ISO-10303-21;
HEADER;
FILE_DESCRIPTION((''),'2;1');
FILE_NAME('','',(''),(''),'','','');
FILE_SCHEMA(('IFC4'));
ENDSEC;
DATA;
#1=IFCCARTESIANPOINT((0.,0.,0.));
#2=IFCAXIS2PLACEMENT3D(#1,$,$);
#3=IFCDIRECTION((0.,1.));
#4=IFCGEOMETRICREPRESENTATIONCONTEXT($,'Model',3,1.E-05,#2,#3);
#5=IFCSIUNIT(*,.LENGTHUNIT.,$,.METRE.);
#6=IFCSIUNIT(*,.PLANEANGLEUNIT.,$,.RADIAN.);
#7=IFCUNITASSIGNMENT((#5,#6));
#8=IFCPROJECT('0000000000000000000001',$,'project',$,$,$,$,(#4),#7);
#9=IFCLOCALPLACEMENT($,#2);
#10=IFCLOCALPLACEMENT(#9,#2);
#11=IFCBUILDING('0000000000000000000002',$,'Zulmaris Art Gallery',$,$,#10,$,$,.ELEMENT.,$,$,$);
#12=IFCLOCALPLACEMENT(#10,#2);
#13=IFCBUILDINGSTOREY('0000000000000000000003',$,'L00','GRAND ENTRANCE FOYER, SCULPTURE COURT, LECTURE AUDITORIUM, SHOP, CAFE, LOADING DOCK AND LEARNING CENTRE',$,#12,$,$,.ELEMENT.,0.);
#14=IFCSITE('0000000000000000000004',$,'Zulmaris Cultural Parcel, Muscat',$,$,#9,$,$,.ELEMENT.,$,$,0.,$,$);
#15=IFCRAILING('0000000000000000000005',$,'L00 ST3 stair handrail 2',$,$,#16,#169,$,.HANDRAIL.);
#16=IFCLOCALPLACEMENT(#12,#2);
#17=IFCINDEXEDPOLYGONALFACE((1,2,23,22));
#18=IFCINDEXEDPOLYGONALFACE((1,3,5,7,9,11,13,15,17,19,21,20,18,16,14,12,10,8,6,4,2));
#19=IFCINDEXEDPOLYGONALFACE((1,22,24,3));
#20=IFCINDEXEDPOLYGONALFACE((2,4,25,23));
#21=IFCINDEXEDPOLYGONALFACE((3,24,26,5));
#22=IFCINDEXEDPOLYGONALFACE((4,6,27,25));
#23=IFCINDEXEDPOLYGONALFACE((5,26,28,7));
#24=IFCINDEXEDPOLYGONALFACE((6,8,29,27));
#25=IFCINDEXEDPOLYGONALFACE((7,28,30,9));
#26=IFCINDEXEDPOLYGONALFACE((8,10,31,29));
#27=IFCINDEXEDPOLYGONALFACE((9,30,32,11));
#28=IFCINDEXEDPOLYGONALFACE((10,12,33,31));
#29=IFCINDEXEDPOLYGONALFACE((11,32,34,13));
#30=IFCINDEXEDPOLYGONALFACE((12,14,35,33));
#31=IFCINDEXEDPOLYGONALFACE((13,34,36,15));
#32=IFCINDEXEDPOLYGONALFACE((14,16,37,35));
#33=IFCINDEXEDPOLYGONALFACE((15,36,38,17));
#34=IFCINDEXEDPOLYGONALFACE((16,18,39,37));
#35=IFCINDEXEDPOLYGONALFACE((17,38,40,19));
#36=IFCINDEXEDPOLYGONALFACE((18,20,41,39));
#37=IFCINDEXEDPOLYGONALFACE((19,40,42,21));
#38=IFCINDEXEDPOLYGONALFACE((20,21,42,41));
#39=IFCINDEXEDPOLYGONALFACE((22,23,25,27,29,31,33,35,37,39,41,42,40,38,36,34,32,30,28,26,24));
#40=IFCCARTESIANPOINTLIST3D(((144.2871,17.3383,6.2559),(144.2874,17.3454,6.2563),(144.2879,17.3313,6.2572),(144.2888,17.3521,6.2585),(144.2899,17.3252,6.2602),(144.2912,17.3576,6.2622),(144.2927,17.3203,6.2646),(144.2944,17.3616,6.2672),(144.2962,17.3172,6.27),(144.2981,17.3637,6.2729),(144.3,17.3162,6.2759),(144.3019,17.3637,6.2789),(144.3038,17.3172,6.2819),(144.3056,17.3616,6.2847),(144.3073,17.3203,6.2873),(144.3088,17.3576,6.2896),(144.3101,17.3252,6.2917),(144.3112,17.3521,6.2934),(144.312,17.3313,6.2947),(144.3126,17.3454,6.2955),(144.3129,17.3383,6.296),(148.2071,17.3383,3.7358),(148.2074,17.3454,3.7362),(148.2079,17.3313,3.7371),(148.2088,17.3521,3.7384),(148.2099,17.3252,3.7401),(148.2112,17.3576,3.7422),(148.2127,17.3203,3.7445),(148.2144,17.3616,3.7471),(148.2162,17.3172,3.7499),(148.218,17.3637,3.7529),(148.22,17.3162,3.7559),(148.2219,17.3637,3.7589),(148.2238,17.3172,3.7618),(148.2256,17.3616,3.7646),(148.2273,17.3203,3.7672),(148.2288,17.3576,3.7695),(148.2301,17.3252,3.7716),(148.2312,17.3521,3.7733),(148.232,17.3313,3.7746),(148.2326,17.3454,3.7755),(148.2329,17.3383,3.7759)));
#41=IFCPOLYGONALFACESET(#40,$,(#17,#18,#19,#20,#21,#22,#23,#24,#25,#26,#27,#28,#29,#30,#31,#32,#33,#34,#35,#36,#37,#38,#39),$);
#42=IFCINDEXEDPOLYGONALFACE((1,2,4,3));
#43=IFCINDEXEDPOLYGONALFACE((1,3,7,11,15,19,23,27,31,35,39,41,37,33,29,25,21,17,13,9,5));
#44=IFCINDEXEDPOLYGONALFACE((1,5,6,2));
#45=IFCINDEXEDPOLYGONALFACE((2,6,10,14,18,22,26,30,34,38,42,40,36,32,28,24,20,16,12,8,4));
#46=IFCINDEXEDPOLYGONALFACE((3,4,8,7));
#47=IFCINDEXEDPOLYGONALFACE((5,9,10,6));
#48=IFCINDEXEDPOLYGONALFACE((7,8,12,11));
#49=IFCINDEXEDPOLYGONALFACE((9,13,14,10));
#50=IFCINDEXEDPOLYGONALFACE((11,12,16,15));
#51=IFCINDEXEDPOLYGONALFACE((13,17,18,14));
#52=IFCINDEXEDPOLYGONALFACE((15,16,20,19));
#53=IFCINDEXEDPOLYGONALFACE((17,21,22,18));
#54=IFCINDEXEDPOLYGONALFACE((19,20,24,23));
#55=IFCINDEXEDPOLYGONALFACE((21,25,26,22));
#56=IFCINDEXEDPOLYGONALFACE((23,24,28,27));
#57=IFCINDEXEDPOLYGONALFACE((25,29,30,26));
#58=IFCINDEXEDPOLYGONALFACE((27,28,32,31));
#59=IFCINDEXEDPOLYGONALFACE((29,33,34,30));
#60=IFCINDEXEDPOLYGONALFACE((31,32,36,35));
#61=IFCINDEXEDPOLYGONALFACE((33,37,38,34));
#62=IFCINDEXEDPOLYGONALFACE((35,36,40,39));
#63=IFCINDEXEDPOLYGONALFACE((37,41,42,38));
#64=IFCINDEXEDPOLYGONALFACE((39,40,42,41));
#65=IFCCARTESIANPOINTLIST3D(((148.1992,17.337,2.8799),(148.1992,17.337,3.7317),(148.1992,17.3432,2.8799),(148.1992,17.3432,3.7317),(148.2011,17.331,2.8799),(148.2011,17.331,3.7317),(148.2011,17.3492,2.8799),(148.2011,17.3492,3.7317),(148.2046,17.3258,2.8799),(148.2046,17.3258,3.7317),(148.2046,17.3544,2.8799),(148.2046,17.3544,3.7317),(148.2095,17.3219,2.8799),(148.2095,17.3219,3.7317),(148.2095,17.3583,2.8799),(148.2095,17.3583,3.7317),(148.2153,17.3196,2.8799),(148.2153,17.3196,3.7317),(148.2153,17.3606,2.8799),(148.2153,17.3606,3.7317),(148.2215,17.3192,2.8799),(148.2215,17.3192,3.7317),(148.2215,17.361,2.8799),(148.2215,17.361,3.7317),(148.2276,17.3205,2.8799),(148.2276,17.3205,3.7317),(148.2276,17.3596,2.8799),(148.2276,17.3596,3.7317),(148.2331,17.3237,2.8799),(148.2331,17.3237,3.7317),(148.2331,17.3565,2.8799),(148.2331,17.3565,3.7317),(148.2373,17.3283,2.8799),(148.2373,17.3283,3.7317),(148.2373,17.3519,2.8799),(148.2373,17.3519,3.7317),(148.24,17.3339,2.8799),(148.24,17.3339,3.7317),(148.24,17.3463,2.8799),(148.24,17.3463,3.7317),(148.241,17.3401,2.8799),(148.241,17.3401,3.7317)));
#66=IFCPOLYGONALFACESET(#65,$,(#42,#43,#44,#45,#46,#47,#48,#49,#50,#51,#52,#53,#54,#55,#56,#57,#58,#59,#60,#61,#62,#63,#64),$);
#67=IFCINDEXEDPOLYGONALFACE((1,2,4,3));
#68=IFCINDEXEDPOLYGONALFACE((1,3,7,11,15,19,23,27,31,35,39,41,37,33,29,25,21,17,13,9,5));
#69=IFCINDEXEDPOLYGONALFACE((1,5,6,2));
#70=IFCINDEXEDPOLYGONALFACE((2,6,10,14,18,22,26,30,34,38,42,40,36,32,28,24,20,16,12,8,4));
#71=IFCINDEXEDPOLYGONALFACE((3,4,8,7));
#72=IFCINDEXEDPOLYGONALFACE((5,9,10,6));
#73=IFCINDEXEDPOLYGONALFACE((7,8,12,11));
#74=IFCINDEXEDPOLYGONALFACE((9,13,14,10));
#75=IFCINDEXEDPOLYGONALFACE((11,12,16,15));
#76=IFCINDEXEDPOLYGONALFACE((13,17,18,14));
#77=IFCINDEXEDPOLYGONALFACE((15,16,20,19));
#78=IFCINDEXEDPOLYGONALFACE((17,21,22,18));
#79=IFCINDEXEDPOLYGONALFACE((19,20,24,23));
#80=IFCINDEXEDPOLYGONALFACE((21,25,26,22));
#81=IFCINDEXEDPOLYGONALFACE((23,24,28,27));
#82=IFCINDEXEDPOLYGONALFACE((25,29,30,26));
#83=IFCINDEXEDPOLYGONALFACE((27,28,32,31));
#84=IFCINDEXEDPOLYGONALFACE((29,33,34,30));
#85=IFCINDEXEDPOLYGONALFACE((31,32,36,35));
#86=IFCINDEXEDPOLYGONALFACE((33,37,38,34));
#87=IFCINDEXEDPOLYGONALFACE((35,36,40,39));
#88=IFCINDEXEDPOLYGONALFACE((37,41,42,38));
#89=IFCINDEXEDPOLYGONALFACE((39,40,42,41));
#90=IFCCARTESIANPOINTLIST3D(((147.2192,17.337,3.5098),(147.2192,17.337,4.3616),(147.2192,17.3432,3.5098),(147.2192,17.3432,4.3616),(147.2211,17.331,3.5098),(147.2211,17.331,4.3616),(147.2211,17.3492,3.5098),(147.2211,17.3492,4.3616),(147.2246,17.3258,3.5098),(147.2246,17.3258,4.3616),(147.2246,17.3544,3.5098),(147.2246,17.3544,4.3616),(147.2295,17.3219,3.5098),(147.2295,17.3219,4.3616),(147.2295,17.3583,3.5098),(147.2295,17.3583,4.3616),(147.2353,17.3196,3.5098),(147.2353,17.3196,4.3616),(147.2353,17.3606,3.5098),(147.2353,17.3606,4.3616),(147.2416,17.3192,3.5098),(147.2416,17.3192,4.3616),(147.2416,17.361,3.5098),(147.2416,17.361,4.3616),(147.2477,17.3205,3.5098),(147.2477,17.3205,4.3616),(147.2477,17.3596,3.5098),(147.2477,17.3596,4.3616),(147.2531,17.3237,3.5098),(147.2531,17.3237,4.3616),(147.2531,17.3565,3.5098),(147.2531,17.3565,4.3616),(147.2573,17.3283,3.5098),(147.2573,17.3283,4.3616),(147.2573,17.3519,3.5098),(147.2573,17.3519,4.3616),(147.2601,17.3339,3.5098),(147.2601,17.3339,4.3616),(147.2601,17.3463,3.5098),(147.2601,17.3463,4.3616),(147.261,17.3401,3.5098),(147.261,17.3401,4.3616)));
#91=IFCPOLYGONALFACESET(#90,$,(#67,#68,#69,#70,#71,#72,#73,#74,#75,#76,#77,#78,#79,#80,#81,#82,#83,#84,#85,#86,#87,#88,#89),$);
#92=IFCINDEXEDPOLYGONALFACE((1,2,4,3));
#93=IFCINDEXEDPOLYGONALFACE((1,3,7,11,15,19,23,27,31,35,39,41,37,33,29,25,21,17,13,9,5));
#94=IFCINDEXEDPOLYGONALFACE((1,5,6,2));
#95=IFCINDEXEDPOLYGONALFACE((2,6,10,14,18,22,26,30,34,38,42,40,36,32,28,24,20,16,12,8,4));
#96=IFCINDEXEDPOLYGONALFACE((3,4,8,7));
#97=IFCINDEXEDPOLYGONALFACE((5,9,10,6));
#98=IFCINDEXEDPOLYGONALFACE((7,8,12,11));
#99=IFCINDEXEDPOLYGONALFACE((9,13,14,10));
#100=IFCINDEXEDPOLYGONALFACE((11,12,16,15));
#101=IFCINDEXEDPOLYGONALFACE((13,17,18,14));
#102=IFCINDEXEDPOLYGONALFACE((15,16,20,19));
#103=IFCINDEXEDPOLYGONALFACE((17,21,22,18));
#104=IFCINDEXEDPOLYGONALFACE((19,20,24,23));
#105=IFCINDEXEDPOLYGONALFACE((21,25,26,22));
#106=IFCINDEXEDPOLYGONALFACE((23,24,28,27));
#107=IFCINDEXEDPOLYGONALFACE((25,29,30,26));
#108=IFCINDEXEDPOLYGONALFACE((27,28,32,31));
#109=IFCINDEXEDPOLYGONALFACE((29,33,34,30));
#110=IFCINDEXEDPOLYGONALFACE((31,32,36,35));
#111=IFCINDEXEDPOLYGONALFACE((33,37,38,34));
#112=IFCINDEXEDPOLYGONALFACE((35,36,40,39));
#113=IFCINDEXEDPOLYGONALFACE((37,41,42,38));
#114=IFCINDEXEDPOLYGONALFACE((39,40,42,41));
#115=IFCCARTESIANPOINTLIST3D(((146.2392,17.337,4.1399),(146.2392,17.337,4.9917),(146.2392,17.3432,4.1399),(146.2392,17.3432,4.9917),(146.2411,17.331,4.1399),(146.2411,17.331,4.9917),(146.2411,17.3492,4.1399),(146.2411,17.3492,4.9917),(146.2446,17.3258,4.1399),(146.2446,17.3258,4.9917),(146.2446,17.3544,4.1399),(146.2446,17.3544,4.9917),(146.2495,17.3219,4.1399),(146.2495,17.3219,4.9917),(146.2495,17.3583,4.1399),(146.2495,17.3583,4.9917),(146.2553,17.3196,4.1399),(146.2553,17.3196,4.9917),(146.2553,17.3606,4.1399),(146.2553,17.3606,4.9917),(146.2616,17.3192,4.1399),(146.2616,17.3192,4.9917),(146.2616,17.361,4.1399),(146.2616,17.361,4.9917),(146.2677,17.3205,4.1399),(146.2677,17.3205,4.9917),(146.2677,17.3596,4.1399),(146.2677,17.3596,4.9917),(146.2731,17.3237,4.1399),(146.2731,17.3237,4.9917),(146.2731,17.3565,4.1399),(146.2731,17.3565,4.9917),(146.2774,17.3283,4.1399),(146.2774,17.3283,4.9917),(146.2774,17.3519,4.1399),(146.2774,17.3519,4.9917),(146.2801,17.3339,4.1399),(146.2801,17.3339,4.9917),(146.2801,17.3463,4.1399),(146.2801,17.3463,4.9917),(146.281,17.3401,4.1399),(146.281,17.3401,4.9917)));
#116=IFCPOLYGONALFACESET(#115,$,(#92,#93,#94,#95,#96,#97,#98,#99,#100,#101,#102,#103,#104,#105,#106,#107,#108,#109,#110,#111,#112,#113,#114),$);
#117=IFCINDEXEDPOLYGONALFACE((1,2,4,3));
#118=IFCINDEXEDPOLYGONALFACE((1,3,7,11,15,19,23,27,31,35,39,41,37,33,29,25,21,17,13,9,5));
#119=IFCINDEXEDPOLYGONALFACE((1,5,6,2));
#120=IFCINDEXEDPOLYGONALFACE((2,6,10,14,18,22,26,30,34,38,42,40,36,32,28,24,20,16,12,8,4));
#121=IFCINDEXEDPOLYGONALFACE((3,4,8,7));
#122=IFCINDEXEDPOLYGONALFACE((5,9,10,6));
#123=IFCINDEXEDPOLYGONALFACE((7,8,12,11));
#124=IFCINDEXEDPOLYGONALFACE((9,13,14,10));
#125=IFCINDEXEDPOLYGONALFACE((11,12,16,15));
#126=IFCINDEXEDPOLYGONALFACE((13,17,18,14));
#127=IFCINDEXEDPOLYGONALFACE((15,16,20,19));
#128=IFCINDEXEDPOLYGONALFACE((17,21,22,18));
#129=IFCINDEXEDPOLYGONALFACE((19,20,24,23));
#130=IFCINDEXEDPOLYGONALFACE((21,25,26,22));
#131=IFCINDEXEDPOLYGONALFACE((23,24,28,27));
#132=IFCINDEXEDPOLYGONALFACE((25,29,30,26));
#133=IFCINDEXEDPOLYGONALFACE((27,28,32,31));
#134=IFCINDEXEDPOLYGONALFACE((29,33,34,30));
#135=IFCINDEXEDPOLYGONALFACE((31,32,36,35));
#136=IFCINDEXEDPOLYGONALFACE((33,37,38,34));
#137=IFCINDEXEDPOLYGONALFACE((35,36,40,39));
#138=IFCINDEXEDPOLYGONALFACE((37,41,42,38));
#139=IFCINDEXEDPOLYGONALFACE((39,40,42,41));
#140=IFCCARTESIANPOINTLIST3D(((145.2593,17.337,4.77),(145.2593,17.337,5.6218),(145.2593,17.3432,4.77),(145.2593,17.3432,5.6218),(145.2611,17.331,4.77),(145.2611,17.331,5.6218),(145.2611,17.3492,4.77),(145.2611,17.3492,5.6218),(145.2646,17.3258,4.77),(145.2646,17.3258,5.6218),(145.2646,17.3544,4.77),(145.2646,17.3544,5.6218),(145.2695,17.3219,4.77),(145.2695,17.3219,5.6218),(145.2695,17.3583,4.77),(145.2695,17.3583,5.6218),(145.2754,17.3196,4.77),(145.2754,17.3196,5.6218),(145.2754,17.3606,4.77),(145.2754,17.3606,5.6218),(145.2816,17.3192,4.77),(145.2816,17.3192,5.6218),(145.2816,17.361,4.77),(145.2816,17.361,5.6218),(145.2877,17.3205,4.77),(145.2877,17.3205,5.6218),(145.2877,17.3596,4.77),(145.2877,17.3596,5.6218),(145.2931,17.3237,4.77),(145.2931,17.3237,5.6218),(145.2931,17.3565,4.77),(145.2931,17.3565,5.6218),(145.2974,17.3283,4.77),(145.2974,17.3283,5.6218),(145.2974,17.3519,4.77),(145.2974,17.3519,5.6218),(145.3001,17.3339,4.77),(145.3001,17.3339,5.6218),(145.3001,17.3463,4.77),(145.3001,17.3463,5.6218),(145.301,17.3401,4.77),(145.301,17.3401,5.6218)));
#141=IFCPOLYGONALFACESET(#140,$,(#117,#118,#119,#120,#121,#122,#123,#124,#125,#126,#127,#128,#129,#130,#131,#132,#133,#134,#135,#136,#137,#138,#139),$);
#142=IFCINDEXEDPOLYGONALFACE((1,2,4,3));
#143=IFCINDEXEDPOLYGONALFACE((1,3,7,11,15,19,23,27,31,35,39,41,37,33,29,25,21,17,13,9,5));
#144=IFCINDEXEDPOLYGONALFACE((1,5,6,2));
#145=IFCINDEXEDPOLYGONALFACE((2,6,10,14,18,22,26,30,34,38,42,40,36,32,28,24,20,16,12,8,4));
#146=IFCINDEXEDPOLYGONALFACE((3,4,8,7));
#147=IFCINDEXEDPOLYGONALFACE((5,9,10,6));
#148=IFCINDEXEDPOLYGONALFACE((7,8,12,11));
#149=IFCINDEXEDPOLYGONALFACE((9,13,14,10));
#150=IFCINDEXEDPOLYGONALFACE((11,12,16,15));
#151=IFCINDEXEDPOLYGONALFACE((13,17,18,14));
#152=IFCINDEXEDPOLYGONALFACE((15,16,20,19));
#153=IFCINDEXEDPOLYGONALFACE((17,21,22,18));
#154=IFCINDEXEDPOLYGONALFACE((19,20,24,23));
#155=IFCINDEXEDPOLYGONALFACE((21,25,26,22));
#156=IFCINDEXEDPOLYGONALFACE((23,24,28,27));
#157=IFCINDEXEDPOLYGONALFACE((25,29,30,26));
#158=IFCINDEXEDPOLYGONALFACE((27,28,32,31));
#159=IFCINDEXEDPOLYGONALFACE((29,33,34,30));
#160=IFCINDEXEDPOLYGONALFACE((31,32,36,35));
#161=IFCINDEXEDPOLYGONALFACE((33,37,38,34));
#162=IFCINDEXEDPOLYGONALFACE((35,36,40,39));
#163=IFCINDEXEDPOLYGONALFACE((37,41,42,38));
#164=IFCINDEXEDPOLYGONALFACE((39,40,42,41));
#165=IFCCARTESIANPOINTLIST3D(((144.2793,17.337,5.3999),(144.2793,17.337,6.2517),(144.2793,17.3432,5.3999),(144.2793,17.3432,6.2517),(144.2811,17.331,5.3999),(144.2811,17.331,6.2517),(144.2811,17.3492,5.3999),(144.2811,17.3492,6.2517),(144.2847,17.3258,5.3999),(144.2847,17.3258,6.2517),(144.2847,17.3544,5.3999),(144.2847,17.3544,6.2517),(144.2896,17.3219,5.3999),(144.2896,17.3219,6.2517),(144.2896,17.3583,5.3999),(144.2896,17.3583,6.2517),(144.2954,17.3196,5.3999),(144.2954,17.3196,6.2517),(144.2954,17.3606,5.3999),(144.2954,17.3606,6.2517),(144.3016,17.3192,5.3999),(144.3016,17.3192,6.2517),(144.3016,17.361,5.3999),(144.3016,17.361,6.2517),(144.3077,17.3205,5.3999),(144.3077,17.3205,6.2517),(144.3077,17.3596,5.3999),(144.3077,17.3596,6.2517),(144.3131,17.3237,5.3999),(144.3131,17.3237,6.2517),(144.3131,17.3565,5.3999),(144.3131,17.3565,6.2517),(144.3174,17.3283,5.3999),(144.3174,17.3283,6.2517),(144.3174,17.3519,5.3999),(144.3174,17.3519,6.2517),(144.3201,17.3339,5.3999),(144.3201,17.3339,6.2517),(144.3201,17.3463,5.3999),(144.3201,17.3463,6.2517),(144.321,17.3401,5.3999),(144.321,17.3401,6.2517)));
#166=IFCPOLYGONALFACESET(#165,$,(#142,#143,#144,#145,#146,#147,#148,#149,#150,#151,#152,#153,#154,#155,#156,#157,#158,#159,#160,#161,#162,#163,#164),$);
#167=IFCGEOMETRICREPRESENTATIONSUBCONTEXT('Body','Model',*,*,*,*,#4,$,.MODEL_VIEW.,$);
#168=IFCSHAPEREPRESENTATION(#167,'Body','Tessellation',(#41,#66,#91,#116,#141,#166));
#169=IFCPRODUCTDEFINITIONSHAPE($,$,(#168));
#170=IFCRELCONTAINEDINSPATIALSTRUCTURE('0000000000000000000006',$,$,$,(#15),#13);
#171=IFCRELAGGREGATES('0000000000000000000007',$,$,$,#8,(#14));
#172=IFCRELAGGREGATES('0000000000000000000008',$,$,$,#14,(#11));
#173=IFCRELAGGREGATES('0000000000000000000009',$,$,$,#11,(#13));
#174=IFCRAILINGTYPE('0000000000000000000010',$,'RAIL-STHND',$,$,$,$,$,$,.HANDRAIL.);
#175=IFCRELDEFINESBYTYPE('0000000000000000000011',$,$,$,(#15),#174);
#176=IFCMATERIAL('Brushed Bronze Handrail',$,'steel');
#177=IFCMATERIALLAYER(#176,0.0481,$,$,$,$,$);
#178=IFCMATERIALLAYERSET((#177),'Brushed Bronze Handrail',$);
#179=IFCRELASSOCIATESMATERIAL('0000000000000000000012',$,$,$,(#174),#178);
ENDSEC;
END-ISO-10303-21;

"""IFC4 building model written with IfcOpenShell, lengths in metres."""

from ifc_helpers import new_model, si_unit, direction, frame, origin, origin_2d, place, context, subcontext, project, spatial, circle, extrude, material, layer, layer_set, type_object, element, save


model = new_model("IFC4")

# Units and contexts
model_context = context("Model", 3, precision=1e-05, world=origin(), true_north=direction((0.0, 1.0)))
body_context = subcontext(model_context, "Body", "Model", "MODEL_VIEW")
ifc_project = project(units=[si_unit("LENGTHUNIT", "METRE"), si_unit("PLANEANGLEUNIT", "RADIAN")], contexts=[model_context])

# Site, building, storey
site_placement = place(None, origin())
site = spatial("IfcSite", under=ifc_project, at=site_placement, Name="Zulmaris Cultural Parcel, Muscat", CompositionType="ELEMENT", RefElevation=0.0)
building_placement = place(site_placement, origin())
building = spatial("IfcBuilding", under=site, at=building_placement, Name="Zulmaris Art Gallery", CompositionType="ELEMENT")
storey_placement = place(building_placement, origin())
storey = spatial("IfcBuildingStorey", under=building, at=storey_placement, Name="L00", Description="GRAND ENTRANCE FOYER, SCULPTURE COURT, LECTURE AUDITORIUM, SHOP, CAFE, LOADING DOCK AND LEARNING CENTRE", CompositionType="ELEMENT", Elevation=0.0)

# Railing
ifc_material_1 = material(Name="Brushed Bronze Handrail", Category="steel")
ifc_layer_1 = layer(ifc_material_1, 0.0481)
ifc_layer_set_1 = layer_set([ifc_layer_1], Name="Brushed Bronze Handrail")
railing_type_1 = type_object("IfcRailingType", Name="RAIL-STHND", PredefinedType="HANDRAIL", material=ifc_layer_set_1)
railing_1_placement = place(storey_placement, frame((148.22, 17.3401, 2.8799)))
element("IfcRailing", 1, at=railing_1_placement, inside=storey, type_object=railing_type_1, Name="L00 ST3 stair handrail 2", PredefinedType="HANDRAIL", context=body_context, shape_type="SweptSolid", body=[
    extrude(circle(Radius=0.0239, at=origin_2d()), frame((0.0, 0.0, 0.876), z_axis=(-0.841172, 0.0, 0.540768), x_axis=(0.0, -1.0, 0.0)), (0.0, 0.0, 1.0), 4.6602),
    extrude(circle(Radius=0.021, at=origin_2d()), origin(), (0.0, 0.0, 1.0), 0.8518),
    extrude(circle(Radius=0.021, at=origin_2d()), frame((-0.98, 0.0, 0.6299)), (0.0, 0.0, 1.0), 0.8518),
    extrude(circle(Radius=0.021, at=origin_2d()), frame((-1.96, 0.0, 1.26)), (0.0, 0.0, 1.0), 0.8518),
    extrude(circle(Radius=0.021, at=origin_2d()), frame((-2.9399, 0.0, 1.8901)), (0.0, 0.0, 1.0), 0.8518),
    extrude(circle(Radius=0.021, at=origin_2d()), frame((-3.9199, 0.0, 2.52)), (0.0, 0.0, 1.0), 0.8518),
])

save(model, "model.ifc")
